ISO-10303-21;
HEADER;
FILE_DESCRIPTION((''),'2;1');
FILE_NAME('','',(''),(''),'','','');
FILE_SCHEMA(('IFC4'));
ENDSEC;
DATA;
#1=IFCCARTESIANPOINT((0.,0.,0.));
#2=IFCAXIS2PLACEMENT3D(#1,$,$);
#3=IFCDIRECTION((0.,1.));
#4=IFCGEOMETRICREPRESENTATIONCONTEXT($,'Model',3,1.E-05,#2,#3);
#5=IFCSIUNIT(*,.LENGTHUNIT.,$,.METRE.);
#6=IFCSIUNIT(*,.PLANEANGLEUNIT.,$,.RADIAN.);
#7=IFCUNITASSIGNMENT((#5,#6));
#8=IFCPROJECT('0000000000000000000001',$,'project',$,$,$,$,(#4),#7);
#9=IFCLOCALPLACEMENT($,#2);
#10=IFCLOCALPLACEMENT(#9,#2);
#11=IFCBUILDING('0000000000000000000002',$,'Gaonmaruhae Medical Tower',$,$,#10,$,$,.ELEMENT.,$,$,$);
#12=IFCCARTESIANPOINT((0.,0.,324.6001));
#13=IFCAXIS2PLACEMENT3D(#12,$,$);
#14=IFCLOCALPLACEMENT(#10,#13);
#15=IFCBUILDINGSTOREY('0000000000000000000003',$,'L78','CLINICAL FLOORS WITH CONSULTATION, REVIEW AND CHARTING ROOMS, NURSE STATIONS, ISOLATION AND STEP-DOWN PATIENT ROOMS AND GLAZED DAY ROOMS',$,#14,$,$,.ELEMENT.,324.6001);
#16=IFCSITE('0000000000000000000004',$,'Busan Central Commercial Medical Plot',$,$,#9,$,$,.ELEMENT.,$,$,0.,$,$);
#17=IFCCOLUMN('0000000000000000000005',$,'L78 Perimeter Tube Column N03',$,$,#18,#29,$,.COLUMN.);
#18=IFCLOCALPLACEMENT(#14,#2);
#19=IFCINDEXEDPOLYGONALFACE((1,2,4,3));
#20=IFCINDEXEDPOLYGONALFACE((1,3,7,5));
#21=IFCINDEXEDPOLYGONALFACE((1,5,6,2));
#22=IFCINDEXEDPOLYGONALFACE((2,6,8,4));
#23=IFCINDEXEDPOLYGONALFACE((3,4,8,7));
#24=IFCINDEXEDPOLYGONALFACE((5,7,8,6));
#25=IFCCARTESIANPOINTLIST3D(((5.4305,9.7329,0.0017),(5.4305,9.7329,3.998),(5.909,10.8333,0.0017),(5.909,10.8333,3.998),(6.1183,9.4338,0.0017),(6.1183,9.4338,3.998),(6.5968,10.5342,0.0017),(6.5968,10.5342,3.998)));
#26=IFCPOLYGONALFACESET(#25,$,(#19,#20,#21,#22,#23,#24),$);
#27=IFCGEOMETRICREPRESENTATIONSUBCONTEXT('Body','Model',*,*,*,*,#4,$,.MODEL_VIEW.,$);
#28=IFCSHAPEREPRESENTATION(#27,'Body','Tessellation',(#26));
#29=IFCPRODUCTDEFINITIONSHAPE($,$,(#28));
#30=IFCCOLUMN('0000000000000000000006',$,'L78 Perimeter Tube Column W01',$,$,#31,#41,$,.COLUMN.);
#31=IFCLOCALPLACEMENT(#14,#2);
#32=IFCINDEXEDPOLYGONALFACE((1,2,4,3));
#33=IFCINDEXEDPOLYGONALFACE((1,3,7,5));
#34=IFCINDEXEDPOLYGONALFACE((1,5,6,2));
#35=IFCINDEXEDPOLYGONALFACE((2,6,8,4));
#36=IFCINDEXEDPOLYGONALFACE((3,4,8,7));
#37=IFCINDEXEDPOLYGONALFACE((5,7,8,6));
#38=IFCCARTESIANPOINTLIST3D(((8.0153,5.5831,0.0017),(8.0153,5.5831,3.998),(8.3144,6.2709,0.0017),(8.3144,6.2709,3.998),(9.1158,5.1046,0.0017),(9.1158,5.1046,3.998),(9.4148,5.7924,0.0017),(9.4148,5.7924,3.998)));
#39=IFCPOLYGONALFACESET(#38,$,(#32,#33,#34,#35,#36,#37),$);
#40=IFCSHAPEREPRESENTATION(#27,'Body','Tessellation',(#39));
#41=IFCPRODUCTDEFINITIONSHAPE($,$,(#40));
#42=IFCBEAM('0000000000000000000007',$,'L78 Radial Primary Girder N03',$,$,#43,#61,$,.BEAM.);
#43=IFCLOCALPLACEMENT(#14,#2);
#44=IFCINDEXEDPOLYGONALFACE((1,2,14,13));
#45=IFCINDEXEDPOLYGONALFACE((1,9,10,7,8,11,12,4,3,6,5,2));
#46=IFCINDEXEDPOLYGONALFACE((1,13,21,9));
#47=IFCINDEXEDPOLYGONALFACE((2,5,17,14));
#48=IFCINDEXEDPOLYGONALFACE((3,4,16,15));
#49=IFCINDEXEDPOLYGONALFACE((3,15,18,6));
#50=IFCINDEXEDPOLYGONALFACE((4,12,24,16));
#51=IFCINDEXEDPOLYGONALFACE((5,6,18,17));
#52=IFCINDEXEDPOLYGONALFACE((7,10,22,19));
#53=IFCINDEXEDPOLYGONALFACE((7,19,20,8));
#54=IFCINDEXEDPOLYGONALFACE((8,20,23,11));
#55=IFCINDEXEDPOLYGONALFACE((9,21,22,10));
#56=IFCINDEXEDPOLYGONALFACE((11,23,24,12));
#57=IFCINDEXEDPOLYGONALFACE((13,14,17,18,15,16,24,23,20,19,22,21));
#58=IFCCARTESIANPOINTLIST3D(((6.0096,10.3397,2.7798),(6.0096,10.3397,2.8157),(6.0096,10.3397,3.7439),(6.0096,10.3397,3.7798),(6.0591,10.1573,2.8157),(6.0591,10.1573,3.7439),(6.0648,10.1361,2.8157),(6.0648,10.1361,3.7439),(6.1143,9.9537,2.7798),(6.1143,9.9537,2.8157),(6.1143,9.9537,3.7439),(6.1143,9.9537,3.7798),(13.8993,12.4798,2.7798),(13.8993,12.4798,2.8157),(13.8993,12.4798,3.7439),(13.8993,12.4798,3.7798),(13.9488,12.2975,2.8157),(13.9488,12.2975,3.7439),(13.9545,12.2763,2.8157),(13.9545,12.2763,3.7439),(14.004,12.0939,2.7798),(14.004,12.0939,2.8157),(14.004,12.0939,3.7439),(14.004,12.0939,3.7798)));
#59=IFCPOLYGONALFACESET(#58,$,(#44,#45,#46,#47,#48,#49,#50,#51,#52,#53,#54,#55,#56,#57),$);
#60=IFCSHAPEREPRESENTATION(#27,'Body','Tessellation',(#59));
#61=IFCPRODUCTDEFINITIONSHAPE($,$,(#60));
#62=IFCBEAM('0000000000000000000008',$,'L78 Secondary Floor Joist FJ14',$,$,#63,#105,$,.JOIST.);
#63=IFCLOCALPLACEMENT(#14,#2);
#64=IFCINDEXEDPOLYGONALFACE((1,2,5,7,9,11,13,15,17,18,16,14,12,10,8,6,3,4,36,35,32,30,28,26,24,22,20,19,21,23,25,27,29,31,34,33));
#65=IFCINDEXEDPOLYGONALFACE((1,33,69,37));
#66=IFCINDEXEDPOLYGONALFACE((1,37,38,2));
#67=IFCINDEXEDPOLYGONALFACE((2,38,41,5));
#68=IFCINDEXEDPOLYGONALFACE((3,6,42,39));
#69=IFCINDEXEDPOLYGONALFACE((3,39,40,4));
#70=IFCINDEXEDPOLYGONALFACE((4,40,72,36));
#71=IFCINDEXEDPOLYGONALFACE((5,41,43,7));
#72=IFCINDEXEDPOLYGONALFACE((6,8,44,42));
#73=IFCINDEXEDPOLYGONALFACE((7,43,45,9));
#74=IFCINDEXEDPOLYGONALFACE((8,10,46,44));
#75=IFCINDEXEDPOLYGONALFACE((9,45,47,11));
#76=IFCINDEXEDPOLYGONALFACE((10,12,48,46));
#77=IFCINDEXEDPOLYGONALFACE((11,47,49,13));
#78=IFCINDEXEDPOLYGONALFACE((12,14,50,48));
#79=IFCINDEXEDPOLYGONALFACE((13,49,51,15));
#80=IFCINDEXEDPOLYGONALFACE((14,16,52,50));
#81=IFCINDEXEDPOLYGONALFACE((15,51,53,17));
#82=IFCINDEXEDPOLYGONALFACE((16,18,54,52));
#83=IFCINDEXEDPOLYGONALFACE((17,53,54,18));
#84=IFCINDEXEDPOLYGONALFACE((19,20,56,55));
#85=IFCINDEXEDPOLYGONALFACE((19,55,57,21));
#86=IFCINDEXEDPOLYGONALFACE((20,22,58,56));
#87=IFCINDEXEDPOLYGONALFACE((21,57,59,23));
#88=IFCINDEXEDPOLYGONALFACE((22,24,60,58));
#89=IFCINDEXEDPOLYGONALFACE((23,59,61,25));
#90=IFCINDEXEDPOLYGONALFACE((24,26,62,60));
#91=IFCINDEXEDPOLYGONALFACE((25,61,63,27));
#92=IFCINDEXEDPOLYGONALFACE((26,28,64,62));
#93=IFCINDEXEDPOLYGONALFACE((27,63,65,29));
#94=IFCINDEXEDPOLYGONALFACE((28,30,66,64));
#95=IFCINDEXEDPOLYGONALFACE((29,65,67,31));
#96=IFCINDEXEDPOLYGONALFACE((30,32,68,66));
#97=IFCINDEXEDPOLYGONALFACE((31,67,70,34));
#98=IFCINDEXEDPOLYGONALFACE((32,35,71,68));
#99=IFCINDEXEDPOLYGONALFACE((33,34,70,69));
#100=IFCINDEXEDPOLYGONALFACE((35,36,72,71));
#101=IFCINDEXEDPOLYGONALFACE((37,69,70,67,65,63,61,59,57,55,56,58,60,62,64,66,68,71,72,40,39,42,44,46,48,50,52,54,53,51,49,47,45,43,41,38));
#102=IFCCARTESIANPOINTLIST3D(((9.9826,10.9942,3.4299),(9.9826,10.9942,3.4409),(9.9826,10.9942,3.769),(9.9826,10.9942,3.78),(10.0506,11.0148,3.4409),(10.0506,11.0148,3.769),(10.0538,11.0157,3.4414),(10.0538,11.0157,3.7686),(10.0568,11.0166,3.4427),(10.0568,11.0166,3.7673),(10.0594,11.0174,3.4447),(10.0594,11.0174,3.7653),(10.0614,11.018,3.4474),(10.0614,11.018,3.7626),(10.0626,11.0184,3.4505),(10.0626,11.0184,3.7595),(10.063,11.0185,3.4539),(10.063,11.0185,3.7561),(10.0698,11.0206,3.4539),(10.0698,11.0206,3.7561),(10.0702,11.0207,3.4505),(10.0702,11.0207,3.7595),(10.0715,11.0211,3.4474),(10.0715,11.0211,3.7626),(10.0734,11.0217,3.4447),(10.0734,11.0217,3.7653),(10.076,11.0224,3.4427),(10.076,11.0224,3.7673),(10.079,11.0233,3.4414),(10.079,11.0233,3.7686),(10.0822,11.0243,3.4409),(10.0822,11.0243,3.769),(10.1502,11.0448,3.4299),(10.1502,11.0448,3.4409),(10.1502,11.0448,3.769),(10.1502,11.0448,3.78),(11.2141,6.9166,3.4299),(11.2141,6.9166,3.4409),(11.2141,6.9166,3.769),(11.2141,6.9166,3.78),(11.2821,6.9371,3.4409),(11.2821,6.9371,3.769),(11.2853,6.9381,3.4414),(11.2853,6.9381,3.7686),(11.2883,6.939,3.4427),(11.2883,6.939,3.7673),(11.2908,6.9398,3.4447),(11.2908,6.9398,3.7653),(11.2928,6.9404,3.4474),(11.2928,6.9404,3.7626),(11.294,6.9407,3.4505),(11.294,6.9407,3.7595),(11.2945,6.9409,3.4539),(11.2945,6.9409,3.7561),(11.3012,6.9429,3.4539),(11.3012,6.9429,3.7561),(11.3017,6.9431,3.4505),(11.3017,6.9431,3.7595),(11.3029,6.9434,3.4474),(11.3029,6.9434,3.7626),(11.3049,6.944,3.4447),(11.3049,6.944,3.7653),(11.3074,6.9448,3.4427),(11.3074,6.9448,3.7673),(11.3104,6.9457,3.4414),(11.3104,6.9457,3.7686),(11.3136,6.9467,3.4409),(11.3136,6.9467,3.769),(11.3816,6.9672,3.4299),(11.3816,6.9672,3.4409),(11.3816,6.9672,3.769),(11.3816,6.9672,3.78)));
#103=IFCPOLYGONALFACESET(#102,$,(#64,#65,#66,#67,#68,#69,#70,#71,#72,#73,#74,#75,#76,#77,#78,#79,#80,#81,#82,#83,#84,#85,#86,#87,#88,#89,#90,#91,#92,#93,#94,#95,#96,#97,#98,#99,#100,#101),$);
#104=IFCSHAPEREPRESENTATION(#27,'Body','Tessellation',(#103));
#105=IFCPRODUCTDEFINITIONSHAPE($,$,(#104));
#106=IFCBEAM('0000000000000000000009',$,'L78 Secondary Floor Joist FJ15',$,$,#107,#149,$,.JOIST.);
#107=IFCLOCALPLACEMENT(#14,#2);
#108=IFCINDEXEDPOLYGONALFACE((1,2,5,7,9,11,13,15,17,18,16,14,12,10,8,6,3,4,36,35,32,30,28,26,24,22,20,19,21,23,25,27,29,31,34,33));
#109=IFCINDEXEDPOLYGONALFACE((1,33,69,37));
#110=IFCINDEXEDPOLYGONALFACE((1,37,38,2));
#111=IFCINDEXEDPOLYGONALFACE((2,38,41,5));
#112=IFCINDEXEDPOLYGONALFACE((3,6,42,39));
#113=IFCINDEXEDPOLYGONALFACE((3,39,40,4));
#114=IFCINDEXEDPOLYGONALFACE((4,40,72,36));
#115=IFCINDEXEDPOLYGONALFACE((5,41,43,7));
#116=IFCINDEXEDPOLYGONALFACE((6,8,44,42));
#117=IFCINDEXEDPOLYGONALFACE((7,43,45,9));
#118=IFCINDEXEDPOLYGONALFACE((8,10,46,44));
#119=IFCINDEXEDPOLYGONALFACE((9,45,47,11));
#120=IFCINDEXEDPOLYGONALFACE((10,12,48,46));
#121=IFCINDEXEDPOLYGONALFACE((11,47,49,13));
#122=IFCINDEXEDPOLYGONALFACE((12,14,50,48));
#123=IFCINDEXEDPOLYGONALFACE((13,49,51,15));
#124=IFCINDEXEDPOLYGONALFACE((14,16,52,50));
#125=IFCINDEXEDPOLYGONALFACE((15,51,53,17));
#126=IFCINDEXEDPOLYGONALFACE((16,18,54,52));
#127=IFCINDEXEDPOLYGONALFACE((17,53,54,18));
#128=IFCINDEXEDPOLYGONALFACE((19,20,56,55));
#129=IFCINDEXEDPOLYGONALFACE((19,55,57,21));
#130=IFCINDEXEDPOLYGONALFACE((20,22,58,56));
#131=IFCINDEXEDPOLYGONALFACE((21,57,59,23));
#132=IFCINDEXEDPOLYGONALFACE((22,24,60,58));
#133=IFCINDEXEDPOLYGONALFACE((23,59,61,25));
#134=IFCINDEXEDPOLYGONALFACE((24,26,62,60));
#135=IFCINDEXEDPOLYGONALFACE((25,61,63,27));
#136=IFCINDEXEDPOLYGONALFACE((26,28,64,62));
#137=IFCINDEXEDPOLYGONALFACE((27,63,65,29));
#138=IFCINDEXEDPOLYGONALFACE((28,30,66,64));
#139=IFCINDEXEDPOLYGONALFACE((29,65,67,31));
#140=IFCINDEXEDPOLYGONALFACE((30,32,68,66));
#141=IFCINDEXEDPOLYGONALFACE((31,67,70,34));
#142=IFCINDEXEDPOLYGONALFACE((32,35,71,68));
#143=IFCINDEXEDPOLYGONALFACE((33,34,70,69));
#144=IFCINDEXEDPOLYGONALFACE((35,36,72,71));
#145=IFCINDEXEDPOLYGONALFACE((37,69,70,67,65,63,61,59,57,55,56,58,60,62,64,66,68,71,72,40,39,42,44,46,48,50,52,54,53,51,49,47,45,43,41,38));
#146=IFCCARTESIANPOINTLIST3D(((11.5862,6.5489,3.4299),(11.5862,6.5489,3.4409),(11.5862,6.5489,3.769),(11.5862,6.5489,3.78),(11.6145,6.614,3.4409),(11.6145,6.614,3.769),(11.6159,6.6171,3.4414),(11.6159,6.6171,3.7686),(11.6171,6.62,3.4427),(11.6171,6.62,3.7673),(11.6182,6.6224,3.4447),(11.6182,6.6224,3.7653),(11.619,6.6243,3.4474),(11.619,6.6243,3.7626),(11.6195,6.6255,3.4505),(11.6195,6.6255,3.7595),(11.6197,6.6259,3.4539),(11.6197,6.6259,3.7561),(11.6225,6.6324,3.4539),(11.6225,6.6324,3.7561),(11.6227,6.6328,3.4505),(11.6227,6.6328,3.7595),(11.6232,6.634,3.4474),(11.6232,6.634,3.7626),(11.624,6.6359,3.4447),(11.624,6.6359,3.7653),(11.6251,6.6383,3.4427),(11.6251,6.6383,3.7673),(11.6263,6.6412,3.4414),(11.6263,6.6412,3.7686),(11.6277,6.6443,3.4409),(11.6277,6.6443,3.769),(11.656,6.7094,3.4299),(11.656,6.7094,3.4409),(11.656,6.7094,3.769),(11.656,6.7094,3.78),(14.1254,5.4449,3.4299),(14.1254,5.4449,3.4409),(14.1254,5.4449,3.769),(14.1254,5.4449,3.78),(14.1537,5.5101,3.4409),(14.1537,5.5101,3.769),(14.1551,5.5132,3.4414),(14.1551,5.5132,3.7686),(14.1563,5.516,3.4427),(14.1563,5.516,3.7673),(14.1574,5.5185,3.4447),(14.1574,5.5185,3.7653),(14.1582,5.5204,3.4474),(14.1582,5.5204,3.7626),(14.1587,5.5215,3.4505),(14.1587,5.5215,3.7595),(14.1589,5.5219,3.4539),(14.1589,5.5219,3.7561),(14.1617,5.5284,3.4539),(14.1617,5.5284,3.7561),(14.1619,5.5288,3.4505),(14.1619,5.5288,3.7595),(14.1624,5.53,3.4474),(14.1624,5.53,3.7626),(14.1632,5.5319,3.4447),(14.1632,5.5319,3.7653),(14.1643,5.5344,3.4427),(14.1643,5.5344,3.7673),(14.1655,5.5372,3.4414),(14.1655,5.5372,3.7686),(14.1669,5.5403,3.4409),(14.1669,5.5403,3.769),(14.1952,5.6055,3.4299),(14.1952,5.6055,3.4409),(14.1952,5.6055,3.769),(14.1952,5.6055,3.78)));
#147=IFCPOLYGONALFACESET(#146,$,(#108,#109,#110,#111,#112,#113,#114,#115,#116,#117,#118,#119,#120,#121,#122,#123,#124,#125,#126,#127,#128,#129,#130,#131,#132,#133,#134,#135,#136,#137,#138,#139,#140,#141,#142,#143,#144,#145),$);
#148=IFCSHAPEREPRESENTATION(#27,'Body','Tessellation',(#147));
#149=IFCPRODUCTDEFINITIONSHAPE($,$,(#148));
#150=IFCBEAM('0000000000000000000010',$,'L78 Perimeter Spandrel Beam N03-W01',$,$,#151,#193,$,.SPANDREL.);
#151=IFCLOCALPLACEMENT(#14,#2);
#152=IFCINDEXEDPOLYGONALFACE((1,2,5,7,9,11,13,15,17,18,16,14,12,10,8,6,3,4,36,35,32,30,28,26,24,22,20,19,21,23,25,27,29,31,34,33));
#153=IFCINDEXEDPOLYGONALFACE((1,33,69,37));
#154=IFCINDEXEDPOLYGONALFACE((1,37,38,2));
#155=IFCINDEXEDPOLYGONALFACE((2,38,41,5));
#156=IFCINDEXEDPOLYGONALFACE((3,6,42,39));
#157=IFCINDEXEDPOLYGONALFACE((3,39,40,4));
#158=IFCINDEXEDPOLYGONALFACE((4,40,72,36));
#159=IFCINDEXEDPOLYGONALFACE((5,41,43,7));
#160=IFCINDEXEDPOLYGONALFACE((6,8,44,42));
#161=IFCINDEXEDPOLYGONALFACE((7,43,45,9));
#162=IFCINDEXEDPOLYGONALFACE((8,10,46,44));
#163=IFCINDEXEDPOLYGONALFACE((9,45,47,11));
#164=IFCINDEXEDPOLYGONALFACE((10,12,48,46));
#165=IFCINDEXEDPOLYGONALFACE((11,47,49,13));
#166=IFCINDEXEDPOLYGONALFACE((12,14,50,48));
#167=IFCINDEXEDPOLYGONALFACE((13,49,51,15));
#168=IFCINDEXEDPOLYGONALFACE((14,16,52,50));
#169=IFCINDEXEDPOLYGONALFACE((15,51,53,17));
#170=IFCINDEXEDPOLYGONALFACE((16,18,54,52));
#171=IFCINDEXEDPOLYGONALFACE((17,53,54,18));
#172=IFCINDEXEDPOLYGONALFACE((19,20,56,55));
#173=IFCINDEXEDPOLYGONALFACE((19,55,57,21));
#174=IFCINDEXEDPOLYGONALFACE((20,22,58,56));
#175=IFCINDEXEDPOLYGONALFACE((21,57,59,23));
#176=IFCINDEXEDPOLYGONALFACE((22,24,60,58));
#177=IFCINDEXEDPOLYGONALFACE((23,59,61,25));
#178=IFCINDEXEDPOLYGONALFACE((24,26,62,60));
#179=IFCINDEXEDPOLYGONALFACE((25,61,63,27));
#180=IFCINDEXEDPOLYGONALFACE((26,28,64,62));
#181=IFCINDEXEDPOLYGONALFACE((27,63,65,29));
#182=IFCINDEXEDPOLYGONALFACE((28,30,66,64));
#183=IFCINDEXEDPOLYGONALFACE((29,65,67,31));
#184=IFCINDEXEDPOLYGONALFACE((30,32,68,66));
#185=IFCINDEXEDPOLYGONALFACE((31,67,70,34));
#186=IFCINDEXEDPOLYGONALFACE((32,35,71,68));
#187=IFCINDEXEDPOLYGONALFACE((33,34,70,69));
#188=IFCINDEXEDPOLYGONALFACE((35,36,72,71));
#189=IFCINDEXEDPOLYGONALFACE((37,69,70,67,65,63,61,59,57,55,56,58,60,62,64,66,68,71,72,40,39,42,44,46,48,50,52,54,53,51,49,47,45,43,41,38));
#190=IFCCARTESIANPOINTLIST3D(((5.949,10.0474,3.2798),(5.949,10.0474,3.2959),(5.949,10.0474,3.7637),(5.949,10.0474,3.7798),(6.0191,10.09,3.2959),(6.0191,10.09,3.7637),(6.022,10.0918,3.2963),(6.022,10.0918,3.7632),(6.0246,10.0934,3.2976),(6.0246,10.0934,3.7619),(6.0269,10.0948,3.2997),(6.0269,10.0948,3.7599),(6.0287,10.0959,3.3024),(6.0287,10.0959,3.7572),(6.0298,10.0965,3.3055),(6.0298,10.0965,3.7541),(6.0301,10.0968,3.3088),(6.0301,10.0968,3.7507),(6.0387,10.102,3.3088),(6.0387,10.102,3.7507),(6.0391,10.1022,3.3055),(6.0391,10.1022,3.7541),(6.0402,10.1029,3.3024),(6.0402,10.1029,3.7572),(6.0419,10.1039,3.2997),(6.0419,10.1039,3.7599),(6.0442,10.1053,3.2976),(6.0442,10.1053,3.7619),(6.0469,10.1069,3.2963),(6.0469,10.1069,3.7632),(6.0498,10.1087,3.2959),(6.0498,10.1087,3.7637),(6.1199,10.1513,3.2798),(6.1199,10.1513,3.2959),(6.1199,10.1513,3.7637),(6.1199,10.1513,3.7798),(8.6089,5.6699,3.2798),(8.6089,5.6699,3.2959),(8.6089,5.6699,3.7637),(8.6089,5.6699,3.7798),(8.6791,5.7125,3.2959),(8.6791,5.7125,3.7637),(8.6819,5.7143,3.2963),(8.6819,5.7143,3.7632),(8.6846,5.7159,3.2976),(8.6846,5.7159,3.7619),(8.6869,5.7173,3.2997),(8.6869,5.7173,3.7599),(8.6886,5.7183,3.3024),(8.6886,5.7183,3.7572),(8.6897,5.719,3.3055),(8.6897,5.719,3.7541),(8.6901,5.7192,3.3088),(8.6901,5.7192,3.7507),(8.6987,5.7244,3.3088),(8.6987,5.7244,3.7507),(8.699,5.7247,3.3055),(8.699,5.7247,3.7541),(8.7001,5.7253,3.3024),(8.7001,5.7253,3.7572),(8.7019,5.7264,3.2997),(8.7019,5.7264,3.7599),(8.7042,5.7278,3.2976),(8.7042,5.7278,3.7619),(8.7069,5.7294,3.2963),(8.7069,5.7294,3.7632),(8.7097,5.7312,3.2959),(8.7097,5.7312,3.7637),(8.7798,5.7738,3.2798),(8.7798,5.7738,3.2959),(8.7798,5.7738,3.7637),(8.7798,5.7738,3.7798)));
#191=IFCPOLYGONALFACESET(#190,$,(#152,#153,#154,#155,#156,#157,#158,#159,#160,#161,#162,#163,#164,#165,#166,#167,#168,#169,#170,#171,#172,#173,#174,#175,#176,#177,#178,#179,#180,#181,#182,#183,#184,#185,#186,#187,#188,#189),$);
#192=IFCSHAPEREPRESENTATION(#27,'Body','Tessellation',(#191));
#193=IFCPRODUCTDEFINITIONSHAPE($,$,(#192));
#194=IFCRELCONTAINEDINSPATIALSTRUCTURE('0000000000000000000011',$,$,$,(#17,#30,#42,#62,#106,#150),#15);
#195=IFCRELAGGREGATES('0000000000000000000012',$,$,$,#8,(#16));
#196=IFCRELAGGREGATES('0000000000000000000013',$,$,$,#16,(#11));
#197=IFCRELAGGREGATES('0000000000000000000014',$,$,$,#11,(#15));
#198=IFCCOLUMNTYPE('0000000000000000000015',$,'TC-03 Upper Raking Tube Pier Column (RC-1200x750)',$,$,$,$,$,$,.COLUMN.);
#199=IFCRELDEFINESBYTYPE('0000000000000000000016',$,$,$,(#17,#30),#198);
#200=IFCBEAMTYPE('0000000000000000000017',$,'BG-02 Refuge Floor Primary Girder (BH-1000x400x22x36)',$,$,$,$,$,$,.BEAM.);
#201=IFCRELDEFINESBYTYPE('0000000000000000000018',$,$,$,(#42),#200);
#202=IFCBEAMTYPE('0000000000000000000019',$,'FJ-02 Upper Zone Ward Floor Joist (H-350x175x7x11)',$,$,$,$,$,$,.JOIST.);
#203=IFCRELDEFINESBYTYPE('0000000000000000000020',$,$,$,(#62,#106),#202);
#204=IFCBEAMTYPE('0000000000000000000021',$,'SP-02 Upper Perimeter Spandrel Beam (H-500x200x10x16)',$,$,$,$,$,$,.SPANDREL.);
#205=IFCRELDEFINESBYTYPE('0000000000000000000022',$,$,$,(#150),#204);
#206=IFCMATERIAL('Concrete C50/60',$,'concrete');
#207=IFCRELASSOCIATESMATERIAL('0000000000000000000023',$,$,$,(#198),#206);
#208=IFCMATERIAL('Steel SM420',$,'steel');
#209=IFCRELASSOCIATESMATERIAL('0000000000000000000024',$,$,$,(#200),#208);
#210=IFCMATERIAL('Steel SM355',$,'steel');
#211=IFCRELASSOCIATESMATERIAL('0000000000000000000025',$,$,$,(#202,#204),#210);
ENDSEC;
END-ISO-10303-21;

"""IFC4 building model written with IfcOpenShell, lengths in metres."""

from ifc_helpers import new_model, si_unit, direction, frame, origin, origin_2d, place, context, subcontext, project, spatial, rectangle, i_section, extrude, material, material_profile, profile_set, type_object, element, save


model = new_model("IFC4")

# Units and contexts
model_context = context("Model", 3, precision=1e-05, world=origin(), true_north=direction((0.0, 1.0)))
body_context = subcontext(model_context, "Body", "Model", "MODEL_VIEW")
ifc_project = project(units=[si_unit("LENGTHUNIT", "METRE"), si_unit("PLANEANGLEUNIT", "RADIAN")], contexts=[model_context])

# Site, building, storey
site_placement = place(None, origin())
site = spatial("IfcSite", under=ifc_project, at=site_placement, Name="Busan Central Commercial Medical Plot", CompositionType="ELEMENT", RefElevation=0.0)
building_placement = place(site_placement, origin())
building = spatial("IfcBuilding", under=site, at=building_placement, Name="Gaonmaruhae Medical Tower", CompositionType="ELEMENT")
storey_placement = place(building_placement, frame((0.0, 0.0, 324.6001)))
storey = spatial("IfcBuildingStorey", under=building, at=storey_placement, Name="L78", Description="CLINICAL FLOORS WITH CONSULTATION, REVIEW AND CHARTING ROOMS, NURSE STATIONS, ISOLATION AND STEP-DOWN PATIENT ROOMS AND GLAZED DAY ROOMS", CompositionType="ELEMENT", Elevation=324.6001)

# Columns
ifc_material_1 = material(Name="Concrete C50/60", Category="concrete")
ifc_material_profile_1 = material_profile(ifc_material_1, rectangle(XDim=1.2, YDim=0.75, at=origin_2d()), Name="RC-1200x750")
ifc_profile_set_1 = profile_set([ifc_material_profile_1], Name="Concrete C50/60")
column_type = type_object("IfcColumnType", Name="TC-03 Upper Raking Tube Pier Column (RC-1200x750)", PredefinedType="COLUMN", material=ifc_profile_set_1)
for number, where, z_axis, x_axis, name in (
    (1, (6.0137, 10.1335, 0.0017), (0.0, 0.0, 1.0), (0.398749, 0.91706, 0.0), "L78 Perimeter Tube Column N03"),
    (2, (8.7151, 5.6877, 0.0017), (0.0, 0.0, 1.0), (-0.91706, 0.398749, 0.0), "L78 Perimeter Tube Column W01"),
):
    element("IfcColumn", number, at=place(storey_placement, frame(where, z_axis=z_axis, x_axis=x_axis)), inside=storey, type_object=column_type, Name=name, PredefinedType="COLUMN", context=body_context, shape_type="SweptSolid", body=[
        extrude(rectangle(XDim=1.2, YDim=0.75, at=origin_2d()), origin(), (0.0, 0.0, 1.0), 3.9963),
    ])

# Beams
ifc_material_2 = material(Name="Steel SM420", Category="steel")
ifc_material_profile_2 = material_profile(ifc_material_2, i_section(OverallWidth=0.3999, OverallDepth=1.0, WebThickness=0.022, FlangeThickness=0.0359, at=origin_2d()), Name="BH-1000x400x22x36")
ifc_profile_set_2 = profile_set([ifc_material_profile_2], Name="Steel SM420")
beam_type_1 = type_object("IfcBeamType", Name="BG-02 Refuge Floor Primary Girder (BH-1000x400x22x36)", PredefinedType="BEAM", material=ifc_profile_set_2)
beam_1_placement = place(storey_placement, frame((13.9517, 12.2869, 3.2798), z_axis=(-0.965123, -0.261798, 0.0), x_axis=(0.261798, -0.965123, 0.0)))
element("IfcBeam", 3, at=beam_1_placement, inside=storey, type_object=beam_type_1, Name="L78 Radial Primary Girder N03", PredefinedType="BEAM", context=body_context, shape_type="SweptSolid", body=[
    extrude(i_section(OverallWidth=0.3999, OverallDepth=1.0, WebThickness=0.022, FlangeThickness=0.0359, at=origin_2d()), origin(), (0.0, 0.0, 1.0), 8.1748),
])
ifc_material_3 = material(Name="Steel SM355", Category="steel")
ifc_material_profile_3 = material_profile(ifc_material_3, i_section(OverallWidth=0.175, OverallDepth=0.3501, WebThickness=0.0071, FlangeThickness=0.011, FilletRadius=0.0129, at=origin_2d()), Name="H-350x175x7x11")
ifc_profile_set_3 = profile_set([ifc_material_profile_3], Name="Steel SM355")
beam_type_2 = type_object("IfcBeamType", Name="FJ-02 Upper Zone Ward Floor Joist (H-350x175x7x11)", PredefinedType="JOIST", material=ifc_profile_set_3)
beam_2_placement = place(storey_placement, frame((10.0664, 11.0195, 3.605), z_axis=(0.289104, -0.957298, 0.0), x_axis=(0.957298, 0.289104, 0.0)))
element("IfcBeam", 4, at=beam_2_placement, inside=storey, type_object=beam_type_2, Name="L78 Secondary Floor Joist FJ14", PredefinedType="JOIST", context=body_context, shape_type="SweptSolid", body=[
    extrude(i_section(OverallWidth=0.175, OverallDepth=0.3501, WebThickness=0.0071, FlangeThickness=0.011, FilletRadius=0.0129, at=origin_2d()), origin(), (0.0, 0.0, 1.0), 4.2595),
])
beam_3_placement = place(storey_placement, frame((11.6211, 6.6292, 3.605), z_axis=(0.917076, -0.398713, 0.0), x_axis=(0.398713, 0.917076, 0.0)))
element("IfcBeam", 5, at=beam_3_placement, inside=storey, type_object=beam_type_2, Name="L78 Secondary Floor Joist FJ15", PredefinedType="JOIST", context=body_context, shape_type="SweptSolid", body=[
    extrude(i_section(OverallWidth=0.175, OverallDepth=0.3501, WebThickness=0.0071, FlangeThickness=0.011, FilletRadius=0.0129, at=origin_2d()), origin(), (0.0, 0.0, 1.0), 2.7688),
])
ifc_material_profile_4 = material_profile(ifc_material_3, i_section(OverallWidth=0.2, OverallDepth=0.5, WebThickness=0.01, FlangeThickness=0.0161, FilletRadius=0.0129, at=origin_2d()), Name="H-500x200x10x16")
ifc_profile_set_4 = profile_set([ifc_material_profile_4], Name="Steel SM355")
beam_type_3 = type_object("IfcBeamType", Name="SP-02 Upper Perimeter Spandrel Beam (H-500x200x10x16)", PredefinedType="SPANDREL", material=ifc_profile_set_4)
beam_4_placement = place(storey_placement, frame((6.0344, 10.0994, 3.5298), z_axis=(0.519289, -0.854599, 0.0), x_axis=(0.854599, 0.519289, 0.0)))
element("IfcBeam", 6, at=beam_4_placement, inside=storey, type_object=beam_type_3, Name="L78 Perimeter Spandrel Beam N03-W01", PredefinedType="SPANDREL", context=body_context, shape_type="SweptSolid", body=[
    extrude(i_section(OverallWidth=0.2, OverallDepth=0.5, WebThickness=0.01, FlangeThickness=0.0161, FilletRadius=0.0129, at=origin_2d()), origin(), (0.0, 0.0, 1.0), 5.1223),
])

save(model, "model.ifc")
